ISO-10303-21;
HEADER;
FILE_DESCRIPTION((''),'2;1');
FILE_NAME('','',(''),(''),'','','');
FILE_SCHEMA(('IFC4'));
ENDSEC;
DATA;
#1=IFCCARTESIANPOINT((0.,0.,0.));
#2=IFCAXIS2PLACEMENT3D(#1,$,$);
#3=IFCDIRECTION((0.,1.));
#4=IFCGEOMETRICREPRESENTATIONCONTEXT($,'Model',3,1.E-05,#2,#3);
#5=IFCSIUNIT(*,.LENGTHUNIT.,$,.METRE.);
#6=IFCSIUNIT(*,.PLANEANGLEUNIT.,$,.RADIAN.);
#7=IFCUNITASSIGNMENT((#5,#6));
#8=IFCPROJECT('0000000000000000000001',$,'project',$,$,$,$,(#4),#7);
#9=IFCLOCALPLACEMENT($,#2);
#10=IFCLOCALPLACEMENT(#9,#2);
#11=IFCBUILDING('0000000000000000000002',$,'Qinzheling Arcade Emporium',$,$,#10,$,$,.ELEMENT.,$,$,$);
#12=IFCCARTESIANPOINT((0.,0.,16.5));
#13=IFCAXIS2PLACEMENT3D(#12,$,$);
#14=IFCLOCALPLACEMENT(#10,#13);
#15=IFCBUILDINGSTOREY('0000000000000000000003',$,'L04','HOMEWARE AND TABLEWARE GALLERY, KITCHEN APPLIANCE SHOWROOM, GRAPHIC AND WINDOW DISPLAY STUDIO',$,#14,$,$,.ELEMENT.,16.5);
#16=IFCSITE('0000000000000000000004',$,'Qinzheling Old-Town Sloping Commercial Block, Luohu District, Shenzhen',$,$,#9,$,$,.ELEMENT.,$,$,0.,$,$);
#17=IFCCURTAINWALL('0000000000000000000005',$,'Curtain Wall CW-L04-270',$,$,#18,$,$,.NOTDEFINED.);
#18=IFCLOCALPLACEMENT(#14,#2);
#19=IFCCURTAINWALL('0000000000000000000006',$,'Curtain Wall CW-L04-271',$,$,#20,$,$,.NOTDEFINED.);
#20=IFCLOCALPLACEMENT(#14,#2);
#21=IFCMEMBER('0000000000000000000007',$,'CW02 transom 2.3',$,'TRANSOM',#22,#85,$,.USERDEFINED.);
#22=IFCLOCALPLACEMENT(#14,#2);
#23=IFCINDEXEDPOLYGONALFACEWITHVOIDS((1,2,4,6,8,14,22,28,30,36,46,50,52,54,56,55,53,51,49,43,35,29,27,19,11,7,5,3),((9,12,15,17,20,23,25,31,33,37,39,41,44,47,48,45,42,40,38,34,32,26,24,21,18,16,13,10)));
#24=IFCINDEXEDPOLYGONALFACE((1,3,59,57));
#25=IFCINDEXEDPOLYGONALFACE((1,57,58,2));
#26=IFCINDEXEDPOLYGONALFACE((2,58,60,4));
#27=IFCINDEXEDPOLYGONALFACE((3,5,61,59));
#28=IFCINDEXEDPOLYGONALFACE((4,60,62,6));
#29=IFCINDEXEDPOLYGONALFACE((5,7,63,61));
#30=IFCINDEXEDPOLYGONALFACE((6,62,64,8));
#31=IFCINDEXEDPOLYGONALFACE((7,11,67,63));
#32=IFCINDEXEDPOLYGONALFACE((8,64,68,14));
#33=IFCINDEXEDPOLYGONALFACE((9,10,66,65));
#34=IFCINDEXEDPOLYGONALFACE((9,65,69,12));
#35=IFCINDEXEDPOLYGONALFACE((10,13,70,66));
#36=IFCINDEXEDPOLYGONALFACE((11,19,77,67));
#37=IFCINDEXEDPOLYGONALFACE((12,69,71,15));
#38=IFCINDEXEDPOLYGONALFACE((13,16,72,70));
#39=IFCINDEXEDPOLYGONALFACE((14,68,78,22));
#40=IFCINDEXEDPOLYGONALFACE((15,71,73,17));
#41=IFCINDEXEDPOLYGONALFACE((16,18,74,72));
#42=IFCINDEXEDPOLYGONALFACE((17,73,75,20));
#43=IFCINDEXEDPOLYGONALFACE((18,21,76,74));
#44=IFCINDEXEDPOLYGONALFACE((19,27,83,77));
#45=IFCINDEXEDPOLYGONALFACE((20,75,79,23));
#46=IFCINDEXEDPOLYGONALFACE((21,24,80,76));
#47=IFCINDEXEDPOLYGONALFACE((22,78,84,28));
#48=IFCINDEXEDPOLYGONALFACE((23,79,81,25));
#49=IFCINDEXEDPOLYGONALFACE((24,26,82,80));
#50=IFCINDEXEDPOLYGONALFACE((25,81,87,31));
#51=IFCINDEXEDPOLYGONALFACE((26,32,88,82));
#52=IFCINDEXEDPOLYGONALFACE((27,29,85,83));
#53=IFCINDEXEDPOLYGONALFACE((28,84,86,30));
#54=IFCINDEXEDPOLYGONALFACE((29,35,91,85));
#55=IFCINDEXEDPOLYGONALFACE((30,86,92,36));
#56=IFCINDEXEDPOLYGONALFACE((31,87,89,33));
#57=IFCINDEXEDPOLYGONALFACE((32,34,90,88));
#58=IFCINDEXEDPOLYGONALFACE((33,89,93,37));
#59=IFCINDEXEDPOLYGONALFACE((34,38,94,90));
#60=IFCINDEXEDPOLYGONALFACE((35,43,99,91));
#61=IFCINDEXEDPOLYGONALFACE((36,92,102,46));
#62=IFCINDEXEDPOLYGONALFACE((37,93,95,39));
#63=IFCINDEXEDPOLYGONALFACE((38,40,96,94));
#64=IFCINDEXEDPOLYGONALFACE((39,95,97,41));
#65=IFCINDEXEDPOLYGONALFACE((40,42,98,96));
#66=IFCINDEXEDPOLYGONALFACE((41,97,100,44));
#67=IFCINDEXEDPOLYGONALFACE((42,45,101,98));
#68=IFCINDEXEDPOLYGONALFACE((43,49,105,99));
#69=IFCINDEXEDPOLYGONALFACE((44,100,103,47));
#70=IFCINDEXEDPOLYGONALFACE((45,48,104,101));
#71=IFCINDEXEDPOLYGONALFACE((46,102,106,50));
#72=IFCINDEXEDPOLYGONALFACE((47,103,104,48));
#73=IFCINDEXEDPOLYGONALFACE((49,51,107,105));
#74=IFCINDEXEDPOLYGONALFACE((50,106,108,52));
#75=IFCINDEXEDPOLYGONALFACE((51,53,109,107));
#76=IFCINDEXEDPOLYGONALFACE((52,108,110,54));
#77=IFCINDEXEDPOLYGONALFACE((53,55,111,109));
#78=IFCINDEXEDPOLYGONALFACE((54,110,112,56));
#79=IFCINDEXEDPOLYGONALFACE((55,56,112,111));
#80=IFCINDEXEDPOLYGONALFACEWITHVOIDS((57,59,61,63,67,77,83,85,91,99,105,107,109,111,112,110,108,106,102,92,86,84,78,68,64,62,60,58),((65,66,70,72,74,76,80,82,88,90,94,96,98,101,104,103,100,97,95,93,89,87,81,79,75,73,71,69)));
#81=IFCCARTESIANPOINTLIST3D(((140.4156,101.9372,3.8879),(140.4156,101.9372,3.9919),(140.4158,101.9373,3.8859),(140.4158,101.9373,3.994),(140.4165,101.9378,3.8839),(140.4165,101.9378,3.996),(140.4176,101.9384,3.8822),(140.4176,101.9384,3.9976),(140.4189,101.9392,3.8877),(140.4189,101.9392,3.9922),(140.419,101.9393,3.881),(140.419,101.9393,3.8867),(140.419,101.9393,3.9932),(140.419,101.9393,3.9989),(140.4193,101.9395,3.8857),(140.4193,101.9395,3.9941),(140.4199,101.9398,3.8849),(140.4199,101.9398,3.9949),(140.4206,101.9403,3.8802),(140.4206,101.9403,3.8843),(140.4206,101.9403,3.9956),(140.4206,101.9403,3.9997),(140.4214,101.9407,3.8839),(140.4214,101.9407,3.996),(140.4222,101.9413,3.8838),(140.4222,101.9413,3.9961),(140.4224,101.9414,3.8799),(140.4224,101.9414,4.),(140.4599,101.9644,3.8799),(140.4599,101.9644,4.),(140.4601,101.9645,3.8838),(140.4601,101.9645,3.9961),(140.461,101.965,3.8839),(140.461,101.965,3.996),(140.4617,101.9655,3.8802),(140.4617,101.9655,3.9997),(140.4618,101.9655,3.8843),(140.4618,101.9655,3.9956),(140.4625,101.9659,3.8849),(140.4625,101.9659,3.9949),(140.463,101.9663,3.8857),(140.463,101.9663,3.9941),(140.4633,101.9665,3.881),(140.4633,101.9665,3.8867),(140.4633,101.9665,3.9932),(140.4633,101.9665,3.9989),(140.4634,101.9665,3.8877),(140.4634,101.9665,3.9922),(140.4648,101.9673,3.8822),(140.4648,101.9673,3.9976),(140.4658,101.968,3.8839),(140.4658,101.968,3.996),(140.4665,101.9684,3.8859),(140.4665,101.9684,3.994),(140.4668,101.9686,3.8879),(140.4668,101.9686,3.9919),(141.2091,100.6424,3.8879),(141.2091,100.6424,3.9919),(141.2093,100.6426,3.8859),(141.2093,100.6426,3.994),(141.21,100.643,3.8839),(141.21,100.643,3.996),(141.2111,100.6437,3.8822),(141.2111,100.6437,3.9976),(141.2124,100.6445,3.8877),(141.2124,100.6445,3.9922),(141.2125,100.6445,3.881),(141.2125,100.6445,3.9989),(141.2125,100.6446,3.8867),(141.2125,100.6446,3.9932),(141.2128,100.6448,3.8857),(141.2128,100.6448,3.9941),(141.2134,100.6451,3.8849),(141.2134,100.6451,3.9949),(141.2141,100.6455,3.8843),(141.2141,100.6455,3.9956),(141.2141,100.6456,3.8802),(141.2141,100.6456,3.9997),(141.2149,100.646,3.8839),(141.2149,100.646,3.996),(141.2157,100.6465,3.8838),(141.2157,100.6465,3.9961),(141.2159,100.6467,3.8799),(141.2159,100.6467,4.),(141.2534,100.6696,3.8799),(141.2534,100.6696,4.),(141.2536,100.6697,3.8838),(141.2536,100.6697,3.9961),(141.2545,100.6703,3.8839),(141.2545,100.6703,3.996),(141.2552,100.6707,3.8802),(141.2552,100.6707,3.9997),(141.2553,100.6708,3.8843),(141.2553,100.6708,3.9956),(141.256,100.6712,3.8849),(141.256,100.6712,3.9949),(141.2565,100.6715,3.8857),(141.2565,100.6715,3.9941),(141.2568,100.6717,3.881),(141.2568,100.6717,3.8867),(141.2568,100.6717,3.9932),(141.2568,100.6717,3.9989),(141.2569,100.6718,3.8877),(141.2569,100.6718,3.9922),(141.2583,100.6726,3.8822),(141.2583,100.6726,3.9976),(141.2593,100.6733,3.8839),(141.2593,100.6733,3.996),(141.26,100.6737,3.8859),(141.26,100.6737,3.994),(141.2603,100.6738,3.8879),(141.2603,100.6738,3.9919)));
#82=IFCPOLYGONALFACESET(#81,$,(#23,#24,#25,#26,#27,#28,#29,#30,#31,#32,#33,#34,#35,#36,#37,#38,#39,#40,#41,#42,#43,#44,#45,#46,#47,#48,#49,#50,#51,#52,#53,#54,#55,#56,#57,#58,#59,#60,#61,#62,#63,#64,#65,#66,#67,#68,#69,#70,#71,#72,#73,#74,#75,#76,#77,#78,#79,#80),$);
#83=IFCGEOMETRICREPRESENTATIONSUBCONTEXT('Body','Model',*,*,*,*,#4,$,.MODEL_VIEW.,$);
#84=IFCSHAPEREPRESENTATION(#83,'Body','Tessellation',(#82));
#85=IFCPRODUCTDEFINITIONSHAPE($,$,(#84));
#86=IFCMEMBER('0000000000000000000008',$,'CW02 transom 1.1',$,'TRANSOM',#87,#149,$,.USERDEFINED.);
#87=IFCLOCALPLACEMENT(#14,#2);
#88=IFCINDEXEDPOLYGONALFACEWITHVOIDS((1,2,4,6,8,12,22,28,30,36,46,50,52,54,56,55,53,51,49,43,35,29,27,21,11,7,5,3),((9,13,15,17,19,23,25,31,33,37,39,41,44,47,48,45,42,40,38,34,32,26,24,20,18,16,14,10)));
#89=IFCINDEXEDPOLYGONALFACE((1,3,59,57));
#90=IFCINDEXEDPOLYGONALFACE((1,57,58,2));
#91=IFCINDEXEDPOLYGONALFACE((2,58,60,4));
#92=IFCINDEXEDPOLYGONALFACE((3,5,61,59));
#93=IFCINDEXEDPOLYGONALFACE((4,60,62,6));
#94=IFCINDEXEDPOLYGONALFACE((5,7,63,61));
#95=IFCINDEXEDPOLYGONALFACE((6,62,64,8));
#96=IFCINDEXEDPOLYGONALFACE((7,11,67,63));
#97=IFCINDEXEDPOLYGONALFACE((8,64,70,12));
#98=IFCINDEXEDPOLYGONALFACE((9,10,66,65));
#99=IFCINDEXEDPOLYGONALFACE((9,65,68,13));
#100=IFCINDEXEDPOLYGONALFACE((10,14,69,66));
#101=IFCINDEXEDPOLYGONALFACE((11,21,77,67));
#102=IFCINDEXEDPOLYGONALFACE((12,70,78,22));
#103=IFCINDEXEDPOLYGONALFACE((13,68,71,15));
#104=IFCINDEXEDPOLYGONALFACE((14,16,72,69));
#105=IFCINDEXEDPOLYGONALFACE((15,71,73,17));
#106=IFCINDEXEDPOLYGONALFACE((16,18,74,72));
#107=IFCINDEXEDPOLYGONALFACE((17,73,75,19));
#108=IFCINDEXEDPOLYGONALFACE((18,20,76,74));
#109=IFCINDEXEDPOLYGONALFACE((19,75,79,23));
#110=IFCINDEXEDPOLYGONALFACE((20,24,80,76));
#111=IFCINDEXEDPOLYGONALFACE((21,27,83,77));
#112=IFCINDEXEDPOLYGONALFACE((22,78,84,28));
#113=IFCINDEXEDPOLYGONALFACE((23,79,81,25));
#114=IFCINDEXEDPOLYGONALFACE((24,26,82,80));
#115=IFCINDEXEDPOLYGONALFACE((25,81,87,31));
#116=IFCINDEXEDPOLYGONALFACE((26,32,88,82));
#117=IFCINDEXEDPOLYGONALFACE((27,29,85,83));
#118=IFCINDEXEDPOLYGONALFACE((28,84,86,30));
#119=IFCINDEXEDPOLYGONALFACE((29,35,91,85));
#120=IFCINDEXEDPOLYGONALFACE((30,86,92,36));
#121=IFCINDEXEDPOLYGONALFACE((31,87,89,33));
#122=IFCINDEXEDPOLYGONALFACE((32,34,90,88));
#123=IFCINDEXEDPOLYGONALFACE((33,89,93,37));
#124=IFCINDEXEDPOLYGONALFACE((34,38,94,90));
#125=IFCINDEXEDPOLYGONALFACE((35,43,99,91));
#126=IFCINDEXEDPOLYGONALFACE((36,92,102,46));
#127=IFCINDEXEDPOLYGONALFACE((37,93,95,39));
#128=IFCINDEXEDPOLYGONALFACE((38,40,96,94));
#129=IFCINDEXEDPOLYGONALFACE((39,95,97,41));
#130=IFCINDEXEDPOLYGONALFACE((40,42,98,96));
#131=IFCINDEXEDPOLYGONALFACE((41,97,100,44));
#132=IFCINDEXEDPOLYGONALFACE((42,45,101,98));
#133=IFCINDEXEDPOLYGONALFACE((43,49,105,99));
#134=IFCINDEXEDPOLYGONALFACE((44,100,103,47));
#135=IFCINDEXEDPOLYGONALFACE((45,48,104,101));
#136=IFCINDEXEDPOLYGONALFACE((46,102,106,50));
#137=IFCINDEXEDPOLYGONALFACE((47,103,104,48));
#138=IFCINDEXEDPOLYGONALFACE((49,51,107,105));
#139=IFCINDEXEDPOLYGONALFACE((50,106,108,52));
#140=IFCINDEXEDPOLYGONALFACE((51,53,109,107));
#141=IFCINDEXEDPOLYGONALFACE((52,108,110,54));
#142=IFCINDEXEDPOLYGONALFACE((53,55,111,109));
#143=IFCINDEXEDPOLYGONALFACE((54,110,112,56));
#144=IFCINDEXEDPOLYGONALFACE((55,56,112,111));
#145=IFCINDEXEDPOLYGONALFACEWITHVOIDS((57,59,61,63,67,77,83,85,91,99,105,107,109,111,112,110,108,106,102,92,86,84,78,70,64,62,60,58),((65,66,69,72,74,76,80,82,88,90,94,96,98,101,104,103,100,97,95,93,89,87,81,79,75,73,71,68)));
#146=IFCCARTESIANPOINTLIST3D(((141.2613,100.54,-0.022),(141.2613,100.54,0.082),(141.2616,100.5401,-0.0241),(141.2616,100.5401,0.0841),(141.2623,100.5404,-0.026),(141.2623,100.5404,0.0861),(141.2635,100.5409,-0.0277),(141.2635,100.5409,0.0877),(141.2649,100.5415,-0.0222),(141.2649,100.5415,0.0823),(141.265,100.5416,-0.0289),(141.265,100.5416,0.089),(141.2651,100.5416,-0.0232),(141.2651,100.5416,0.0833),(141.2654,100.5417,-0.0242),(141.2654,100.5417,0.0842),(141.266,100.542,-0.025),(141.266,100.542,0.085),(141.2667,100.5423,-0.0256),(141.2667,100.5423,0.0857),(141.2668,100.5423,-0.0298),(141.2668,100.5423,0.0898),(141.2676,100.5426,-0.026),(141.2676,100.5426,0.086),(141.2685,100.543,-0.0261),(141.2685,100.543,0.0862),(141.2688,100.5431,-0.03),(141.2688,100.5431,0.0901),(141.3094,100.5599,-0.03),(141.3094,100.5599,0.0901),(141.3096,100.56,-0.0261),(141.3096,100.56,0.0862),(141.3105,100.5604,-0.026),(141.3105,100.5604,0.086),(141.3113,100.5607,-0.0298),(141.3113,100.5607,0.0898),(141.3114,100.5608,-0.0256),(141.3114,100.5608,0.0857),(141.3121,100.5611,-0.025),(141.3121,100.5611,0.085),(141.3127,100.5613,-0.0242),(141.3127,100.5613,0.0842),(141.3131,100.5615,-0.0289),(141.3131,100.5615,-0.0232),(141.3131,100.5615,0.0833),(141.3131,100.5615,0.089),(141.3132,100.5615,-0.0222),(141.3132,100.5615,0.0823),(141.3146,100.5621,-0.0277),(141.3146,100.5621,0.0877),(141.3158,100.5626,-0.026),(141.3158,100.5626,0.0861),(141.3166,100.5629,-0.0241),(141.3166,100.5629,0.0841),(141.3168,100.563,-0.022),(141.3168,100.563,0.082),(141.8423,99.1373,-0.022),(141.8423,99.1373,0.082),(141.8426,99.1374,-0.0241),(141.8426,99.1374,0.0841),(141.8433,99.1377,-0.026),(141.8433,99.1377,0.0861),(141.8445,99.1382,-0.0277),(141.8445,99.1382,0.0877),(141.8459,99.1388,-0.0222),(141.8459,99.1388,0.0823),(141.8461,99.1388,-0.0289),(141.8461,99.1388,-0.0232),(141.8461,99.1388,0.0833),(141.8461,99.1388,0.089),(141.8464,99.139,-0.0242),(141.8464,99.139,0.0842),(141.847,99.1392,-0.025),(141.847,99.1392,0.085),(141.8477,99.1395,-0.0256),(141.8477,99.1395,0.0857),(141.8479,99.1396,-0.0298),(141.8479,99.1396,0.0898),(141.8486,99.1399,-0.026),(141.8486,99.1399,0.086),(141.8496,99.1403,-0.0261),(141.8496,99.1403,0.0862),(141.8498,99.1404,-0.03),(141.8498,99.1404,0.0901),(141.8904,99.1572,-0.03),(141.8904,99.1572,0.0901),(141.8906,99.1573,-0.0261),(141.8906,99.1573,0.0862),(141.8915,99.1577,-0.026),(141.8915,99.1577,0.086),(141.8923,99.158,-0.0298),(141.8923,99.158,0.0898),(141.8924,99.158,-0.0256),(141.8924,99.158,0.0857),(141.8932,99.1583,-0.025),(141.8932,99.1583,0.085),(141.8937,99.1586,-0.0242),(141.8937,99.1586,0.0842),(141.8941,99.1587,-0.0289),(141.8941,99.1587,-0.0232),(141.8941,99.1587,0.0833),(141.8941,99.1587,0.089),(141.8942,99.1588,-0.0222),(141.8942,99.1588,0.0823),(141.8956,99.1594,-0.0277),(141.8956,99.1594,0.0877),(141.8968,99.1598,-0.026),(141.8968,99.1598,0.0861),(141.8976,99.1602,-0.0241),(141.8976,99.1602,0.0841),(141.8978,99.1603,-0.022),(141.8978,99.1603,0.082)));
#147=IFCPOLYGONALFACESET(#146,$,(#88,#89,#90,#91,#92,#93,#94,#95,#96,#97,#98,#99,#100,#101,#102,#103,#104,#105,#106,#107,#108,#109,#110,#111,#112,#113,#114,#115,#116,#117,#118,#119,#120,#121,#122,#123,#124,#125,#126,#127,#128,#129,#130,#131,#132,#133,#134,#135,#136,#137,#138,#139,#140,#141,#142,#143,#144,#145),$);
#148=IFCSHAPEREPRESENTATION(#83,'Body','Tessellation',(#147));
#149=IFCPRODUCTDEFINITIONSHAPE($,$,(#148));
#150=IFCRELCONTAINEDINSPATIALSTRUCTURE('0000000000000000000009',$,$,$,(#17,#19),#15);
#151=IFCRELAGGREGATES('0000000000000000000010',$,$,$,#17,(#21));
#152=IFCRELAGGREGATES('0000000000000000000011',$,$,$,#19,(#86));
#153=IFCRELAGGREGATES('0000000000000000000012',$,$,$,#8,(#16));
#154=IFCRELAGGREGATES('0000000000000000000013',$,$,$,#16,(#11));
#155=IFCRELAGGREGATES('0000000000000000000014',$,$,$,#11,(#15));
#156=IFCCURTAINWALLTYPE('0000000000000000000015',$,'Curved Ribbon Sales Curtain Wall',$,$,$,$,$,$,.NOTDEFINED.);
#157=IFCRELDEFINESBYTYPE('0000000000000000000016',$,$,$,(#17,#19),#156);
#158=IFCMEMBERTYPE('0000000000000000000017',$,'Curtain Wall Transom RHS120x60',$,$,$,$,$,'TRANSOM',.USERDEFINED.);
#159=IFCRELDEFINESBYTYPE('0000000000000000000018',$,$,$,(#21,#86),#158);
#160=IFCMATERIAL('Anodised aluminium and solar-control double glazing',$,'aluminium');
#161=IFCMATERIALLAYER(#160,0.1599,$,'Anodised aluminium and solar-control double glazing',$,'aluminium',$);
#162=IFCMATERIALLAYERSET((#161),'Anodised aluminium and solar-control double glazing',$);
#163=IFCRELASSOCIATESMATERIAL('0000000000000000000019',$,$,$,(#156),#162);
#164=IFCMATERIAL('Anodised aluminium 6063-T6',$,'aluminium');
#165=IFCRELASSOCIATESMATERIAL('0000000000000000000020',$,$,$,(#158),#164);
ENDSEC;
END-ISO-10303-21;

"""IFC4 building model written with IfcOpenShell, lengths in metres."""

from ifc_helpers import new_model, si_unit, direction, frame, origin, origin_2d, place, context, subcontext, project, spatial, hollow_rectangle, extrude, material, layer, layer_set, material_profile, profile_set, type_object, element, aggregate, save


model = new_model("IFC4")

# Units and contexts
model_context = context("Model", 3, precision=1e-05, world=origin(), true_north=direction((0.0, 1.0)))
body_context = subcontext(model_context, "Body", "Model", "MODEL_VIEW")
ifc_project = project(units=[si_unit("LENGTHUNIT", "METRE"), si_unit("PLANEANGLEUNIT", "RADIAN")], contexts=[model_context])

# Site, building, storey
site_placement = place(None, origin())
site = spatial("IfcSite", under=ifc_project, at=site_placement, Name="Qinzheling Old-Town Sloping Commercial Block, Luohu District, Shenzhen", CompositionType="ELEMENT", RefElevation=0.0)
building_placement = place(site_placement, origin())
building = spatial("IfcBuilding", under=site, at=building_placement, Name="Qinzheling Arcade Emporium", CompositionType="ELEMENT")
storey_placement = place(building_placement, frame((0.0, 0.0, 16.5)))
storey = spatial("IfcBuildingStorey", under=building, at=storey_placement, Name="L04", Description="HOMEWARE AND TABLEWARE GALLERY, KITCHEN APPLIANCE SHOWROOM, GRAPHIC AND WINDOW DISPLAY STUDIO", CompositionType="ELEMENT", Elevation=16.5)

# Curtain wall
ifc_material_1 = material(Name="Anodised aluminium and solar-control double glazing", Category="aluminium")
ifc_layer_1 = layer(ifc_material_1, 0.1599, Name="Anodised aluminium and solar-control double glazing", Category="aluminium")
ifc_layer_set_1 = layer_set([ifc_layer_1], Name="Anodised aluminium and solar-control double glazing")
curtain_wall_type = type_object("IfcCurtainWallType", Name="Curved Ribbon Sales Curtain Wall", PredefinedType="NOTDEFINED", material=ifc_layer_set_1)
curtain_wall_1_placement = place(storey_placement, origin())
curtain_wall_1 = element("IfcCurtainWall", 1, at=curtain_wall_1_placement, inside=storey, type_object=curtain_wall_type, Name="Curtain Wall CW-L04-270", PredefinedType="NOTDEFINED")
ifc_material_2 = material(Name="Anodised aluminium 6063-T6", Category="aluminium")

# Curtain wall
curtain_wall_2_placement = place(storey_placement, origin())
curtain_wall_2 = element("IfcCurtainWall", 2, at=curtain_wall_2_placement, inside=storey, type_object=curtain_wall_type, Name="Curtain Wall CW-L04-271", PredefinedType="NOTDEFINED")

# Members
ifc_material_profile_1 = material_profile(ifc_material_2, hollow_rectangle(XDim=0.0601, YDim=0.1201, WallThickness=0.0039, InnerFilletRadius=0.0039, OuterFilletRadius=0.0081, at=origin_2d()), Name="RHS 120x60x4", Category="aluminium")
ifc_profile_set_1 = profile_set([ifc_material_profile_1], Name="Anodised aluminium 6063-T6")
member_type_1 = type_object("IfcMemberType", Name="Curtain Wall Transom RHS120x60", ElementType="TRANSOM", PredefinedType="USERDEFINED", material=ifc_profile_set_1)
member_1_placement = place(storey_placement, frame((140.4412, 101.9529, 3.9399), z_axis=(0.522536, -0.852617, 0.0), x_axis=(0.852617, 0.522536, 0.0)))
member_1 = element("IfcMember", 3, at=member_1_placement, type_object=member_type_1, Name="CW02 transom 2.3", ObjectType="TRANSOM", PredefinedType="USERDEFINED", context=body_context, shape_type="SweptSolid", body=[
    extrude(hollow_rectangle(XDim=0.0601, YDim=0.1201, WallThickness=0.0039, InnerFilletRadius=0.0039, OuterFilletRadius=0.0081, at=origin_2d()), origin(), (0.0, 0.0, 1.0), 1.5186),
])
member_2_placement = place(storey_placement, frame((141.2891, 100.5515, 0.03), z_axis=(0.382674, -0.923884, 0.0), x_axis=(0.923884, 0.382674, 0.0)))
member_2 = element("IfcMember", 4, at=member_2_placement, type_object=member_type_1, Name="CW02 transom 1.1", ObjectType="TRANSOM", PredefinedType="USERDEFINED", context=body_context, shape_type="SweptSolid", body=[
    extrude(hollow_rectangle(XDim=0.0601, YDim=0.1201, WallThickness=0.0039, InnerFilletRadius=0.0039, OuterFilletRadius=0.0081, at=origin_2d()), origin(), (0.0, 0.0, 1.0), 1.5183),
])

aggregate(curtain_wall_1, [member_1])
aggregate(curtain_wall_2, [member_2])

save(model, "model.ifc")
